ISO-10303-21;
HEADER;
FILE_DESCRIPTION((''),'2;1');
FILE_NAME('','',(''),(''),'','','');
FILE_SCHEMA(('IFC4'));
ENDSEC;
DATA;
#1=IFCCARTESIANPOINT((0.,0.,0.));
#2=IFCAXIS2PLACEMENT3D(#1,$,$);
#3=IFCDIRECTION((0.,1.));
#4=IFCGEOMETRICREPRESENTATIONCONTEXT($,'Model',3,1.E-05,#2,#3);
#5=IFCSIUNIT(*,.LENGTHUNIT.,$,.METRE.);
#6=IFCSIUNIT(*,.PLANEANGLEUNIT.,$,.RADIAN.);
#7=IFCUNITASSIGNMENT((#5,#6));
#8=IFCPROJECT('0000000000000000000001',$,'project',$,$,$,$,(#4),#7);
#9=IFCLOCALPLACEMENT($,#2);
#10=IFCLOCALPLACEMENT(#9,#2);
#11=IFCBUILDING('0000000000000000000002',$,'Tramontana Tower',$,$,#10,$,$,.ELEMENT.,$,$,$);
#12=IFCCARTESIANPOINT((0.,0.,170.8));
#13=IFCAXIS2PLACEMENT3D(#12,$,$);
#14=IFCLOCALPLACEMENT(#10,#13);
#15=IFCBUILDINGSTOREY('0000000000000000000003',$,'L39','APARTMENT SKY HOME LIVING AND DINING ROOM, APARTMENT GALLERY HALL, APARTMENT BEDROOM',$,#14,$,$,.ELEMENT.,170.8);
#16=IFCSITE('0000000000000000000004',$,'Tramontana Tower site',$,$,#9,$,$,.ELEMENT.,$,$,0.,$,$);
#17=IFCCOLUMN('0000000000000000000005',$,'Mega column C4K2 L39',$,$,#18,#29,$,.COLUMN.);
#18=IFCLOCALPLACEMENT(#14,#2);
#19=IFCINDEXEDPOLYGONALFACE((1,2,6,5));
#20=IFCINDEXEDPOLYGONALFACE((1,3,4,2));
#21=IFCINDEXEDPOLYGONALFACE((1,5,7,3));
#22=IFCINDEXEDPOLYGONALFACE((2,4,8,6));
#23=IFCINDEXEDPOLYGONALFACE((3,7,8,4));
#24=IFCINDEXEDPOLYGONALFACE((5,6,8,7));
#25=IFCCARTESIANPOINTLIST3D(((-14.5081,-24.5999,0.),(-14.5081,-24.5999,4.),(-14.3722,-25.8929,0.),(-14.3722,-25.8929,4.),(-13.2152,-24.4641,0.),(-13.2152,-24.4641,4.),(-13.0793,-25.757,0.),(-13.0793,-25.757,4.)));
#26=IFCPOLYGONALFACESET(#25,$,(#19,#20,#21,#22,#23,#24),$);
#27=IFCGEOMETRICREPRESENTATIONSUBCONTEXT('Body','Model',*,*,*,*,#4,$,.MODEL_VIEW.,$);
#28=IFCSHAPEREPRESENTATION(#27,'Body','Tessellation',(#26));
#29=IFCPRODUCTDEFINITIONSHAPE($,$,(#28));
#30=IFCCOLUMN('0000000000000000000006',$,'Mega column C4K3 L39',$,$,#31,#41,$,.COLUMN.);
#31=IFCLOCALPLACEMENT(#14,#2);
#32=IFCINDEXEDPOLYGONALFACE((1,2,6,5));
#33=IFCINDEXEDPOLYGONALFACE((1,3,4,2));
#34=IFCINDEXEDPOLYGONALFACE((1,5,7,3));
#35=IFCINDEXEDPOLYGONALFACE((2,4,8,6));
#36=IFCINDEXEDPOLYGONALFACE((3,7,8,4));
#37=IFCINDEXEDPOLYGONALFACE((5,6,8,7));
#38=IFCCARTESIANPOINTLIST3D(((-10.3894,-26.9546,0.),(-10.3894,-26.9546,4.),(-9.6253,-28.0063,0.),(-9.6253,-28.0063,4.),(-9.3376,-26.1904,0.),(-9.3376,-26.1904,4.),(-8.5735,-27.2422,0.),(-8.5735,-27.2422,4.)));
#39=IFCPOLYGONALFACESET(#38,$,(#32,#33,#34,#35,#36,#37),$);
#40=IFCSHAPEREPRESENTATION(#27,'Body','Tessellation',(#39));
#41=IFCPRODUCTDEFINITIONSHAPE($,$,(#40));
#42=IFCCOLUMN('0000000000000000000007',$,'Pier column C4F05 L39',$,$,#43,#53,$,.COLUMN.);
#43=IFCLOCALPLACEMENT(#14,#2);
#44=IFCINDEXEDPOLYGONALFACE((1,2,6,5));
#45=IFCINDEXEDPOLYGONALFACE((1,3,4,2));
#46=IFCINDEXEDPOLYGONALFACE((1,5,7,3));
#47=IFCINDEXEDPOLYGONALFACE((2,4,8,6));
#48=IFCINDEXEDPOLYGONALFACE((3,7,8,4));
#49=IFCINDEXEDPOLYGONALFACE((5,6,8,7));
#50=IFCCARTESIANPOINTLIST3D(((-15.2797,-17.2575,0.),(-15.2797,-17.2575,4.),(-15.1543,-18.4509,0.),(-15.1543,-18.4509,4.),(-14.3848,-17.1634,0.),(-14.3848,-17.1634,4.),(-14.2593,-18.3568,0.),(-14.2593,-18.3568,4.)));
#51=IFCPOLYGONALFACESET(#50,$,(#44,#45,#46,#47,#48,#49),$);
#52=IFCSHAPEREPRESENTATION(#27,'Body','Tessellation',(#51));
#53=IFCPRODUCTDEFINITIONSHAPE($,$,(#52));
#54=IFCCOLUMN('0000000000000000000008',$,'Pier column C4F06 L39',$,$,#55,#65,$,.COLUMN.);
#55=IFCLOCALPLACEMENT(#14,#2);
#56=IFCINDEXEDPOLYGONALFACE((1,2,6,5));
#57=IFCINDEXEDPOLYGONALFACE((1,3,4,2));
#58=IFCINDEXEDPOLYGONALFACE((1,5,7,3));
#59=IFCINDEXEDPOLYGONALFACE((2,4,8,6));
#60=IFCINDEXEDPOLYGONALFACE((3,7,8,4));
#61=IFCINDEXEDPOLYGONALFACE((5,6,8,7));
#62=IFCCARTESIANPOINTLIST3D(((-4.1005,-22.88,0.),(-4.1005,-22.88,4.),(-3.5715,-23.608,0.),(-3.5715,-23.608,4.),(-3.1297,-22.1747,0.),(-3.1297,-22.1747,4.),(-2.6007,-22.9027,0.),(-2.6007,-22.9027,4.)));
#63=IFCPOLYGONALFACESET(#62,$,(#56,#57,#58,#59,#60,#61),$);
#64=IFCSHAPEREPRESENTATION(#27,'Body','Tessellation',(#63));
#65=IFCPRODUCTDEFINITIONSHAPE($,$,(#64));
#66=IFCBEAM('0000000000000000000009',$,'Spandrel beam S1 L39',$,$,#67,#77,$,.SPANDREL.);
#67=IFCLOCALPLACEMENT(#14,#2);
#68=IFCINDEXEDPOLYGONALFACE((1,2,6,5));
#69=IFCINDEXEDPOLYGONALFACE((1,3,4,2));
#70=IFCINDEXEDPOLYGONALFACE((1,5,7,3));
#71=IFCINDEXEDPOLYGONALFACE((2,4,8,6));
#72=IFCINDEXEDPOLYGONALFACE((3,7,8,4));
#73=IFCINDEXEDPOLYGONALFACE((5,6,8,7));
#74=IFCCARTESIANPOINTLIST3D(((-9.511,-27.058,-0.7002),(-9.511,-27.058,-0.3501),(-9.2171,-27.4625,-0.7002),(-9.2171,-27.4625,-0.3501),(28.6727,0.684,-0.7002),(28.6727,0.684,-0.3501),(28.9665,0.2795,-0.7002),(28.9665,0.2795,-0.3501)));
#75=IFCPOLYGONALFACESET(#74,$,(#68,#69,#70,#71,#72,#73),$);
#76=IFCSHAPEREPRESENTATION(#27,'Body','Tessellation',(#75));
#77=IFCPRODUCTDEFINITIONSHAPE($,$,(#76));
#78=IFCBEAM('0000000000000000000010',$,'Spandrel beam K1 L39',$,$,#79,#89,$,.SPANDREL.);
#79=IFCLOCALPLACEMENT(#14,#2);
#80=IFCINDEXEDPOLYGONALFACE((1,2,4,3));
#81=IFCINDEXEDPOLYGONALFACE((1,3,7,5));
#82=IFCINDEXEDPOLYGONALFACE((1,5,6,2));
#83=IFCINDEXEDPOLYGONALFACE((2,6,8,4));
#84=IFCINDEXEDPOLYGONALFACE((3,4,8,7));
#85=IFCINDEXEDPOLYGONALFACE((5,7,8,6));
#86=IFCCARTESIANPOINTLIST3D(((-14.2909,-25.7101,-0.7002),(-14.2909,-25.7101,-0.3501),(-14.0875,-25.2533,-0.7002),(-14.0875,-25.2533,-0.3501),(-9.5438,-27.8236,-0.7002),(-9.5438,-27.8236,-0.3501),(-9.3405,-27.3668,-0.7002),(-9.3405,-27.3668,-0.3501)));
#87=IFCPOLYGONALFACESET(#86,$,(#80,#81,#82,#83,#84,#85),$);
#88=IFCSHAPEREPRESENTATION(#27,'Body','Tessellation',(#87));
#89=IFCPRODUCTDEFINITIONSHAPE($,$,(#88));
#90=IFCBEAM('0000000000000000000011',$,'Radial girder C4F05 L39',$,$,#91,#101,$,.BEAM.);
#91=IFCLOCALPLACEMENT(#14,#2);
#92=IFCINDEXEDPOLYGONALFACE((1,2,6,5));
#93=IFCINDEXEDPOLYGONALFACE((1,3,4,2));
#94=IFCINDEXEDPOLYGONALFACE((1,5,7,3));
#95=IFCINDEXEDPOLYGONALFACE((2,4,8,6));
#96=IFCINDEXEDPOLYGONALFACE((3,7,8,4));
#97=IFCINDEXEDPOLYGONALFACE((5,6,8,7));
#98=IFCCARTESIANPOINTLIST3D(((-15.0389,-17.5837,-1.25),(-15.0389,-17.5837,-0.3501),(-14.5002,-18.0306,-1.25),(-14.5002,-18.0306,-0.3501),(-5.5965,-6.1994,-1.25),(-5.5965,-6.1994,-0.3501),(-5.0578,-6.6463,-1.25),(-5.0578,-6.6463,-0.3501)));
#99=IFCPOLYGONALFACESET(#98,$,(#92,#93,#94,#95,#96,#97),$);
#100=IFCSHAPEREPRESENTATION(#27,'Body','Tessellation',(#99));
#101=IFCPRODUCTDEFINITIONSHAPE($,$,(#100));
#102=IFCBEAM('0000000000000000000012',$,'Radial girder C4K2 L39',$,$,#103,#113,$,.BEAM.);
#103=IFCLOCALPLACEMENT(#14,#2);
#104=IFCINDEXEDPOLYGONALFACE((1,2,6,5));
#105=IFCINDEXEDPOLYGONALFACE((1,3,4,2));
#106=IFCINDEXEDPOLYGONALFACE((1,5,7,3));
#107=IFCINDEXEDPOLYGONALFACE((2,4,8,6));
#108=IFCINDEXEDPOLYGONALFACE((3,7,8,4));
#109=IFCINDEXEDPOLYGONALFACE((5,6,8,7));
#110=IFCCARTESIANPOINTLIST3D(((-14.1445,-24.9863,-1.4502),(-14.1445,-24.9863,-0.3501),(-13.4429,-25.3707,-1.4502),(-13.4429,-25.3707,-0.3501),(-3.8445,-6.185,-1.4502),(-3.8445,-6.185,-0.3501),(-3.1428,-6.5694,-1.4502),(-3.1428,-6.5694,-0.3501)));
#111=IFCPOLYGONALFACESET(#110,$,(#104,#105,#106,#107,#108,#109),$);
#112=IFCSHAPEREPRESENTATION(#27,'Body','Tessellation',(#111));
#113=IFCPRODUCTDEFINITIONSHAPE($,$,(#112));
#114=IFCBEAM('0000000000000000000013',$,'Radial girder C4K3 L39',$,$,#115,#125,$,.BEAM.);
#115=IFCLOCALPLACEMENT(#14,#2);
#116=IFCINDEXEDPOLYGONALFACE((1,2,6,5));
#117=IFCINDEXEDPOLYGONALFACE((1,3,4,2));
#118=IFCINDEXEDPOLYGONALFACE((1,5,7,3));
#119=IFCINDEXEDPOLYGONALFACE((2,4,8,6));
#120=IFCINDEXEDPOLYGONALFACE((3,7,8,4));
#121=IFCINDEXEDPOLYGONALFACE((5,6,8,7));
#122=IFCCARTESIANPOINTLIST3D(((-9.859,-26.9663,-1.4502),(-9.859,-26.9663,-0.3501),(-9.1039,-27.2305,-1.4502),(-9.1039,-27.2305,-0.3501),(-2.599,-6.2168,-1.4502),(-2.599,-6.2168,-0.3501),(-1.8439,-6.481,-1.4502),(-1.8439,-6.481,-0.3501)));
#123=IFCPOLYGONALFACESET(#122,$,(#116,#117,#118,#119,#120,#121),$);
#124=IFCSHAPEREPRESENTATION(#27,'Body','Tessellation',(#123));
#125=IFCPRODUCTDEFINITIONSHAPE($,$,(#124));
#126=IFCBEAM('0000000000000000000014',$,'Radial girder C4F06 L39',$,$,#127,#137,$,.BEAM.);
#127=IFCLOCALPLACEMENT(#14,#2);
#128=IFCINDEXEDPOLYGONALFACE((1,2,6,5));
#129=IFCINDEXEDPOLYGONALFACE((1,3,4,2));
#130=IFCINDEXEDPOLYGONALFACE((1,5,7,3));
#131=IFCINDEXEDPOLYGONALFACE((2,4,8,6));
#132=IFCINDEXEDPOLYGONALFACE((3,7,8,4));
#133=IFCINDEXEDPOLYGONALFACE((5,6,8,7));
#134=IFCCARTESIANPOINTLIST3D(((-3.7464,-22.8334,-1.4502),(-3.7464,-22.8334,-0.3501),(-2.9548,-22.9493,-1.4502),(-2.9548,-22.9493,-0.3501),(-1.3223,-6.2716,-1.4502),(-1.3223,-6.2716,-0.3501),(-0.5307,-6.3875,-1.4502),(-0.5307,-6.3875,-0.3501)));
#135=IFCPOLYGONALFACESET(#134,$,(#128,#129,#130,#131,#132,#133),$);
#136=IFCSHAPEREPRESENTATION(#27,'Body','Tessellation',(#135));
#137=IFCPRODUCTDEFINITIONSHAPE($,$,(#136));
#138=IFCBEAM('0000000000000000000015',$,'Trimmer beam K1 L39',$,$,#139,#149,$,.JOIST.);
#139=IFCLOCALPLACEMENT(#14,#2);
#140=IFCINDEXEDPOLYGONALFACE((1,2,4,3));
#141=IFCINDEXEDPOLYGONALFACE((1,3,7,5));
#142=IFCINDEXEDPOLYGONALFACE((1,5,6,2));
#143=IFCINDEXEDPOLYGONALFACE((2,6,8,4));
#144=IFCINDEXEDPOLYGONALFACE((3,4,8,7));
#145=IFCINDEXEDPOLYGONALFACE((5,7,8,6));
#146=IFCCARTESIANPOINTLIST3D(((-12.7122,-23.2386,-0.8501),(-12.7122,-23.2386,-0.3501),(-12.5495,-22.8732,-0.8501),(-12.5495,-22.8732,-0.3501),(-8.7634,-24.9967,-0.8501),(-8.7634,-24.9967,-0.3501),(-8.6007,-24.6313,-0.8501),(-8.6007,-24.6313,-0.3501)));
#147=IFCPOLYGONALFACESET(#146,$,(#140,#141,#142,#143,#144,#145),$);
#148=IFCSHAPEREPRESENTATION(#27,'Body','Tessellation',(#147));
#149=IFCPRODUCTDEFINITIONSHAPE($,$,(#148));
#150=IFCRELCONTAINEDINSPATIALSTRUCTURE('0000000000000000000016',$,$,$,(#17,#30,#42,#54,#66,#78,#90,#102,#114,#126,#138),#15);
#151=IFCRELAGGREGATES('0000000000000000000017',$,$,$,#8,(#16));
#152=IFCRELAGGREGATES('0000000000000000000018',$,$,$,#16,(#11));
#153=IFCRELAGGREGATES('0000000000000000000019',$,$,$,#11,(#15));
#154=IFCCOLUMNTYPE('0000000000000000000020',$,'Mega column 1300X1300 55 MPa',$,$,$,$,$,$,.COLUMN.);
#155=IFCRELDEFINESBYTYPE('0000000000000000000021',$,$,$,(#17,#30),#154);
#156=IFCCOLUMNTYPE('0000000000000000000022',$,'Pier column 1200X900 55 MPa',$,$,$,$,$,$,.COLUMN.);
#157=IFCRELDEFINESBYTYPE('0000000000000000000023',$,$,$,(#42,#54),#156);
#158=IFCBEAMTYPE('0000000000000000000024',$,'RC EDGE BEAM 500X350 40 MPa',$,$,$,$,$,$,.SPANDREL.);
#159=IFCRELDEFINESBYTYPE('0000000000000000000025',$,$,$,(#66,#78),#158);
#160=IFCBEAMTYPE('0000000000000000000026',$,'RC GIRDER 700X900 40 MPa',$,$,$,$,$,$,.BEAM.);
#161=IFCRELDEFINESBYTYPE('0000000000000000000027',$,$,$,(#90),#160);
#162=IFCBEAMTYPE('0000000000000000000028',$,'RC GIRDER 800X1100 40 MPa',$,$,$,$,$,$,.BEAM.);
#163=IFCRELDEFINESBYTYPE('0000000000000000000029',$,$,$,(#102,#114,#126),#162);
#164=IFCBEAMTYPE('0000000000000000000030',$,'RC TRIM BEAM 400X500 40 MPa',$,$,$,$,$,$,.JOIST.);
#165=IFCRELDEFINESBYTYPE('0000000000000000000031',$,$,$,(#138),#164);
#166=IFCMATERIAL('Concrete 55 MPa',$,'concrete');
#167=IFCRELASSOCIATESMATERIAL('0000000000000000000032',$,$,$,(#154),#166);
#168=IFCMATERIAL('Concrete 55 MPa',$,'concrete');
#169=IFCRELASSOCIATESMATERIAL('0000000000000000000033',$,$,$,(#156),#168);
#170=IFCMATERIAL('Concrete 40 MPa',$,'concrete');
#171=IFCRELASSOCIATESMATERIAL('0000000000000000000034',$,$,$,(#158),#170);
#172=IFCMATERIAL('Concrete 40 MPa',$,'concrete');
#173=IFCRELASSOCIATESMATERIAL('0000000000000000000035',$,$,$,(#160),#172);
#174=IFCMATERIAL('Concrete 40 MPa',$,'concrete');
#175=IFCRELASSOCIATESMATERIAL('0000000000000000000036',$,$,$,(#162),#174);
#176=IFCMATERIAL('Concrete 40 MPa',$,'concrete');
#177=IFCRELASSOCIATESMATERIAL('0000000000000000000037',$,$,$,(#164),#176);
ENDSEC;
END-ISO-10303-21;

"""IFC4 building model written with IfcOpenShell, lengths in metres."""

from ifc_helpers import new_model, si_unit, direction, frame, origin, origin_2d, place, context, subcontext, project, spatial, rectangle, extrude, material, material_profile, profile_set, type_object, element, save


model = new_model("IFC4")

# Units and contexts
model_context = context("Model", 3, precision=1e-05, world=origin(), true_north=direction((0.0, 1.0)))
body_context = subcontext(model_context, "Body", "Model", "MODEL_VIEW")
ifc_project = project(units=[si_unit("LENGTHUNIT", "METRE"), si_unit("PLANEANGLEUNIT", "RADIAN")], contexts=[model_context])

# Site, building, storey
site_placement = place(None, origin())
site = spatial("IfcSite", under=ifc_project, at=site_placement, Name="Tramontana Tower site", CompositionType="ELEMENT", RefElevation=0.0)
building_placement = place(site_placement, origin())
building = spatial("IfcBuilding", under=site, at=building_placement, Name="Tramontana Tower", CompositionType="ELEMENT")
storey_placement = place(building_placement, frame((0.0, 0.0, 170.8)))
storey = spatial("IfcBuildingStorey", under=building, at=storey_placement, Name="L39", Description="APARTMENT SKY HOME LIVING AND DINING ROOM, APARTMENT GALLERY HALL, APARTMENT BEDROOM", CompositionType="ELEMENT", Elevation=170.8)

# Columns
ifc_material_1 = material(Name="Concrete 55 MPa", Category="concrete")
ifc_material_profile_1 = material_profile(ifc_material_1, rectangle(XDim=1.3, YDim=1.3, at=origin_2d()), Name="Mega column 1300X1300 55 MPa")
ifc_profile_set_1 = profile_set([ifc_material_profile_1], Name="Concrete 55 MPa")
column_type_1 = type_object("IfcColumnType", Name="Mega column 1300X1300 55 MPa", PredefinedType="COLUMN", material=ifc_profile_set_1)
for number, where, z_axis, x_axis, name in (
    (1, (-13.7937, -25.1785, 0.0), (0.0, 0.0, 1.0), (0.104528, -0.994522, 0.0), "Mega column C4K2 L39"),
    (2, (-9.4814, -27.0984, 0.0), (0.0, 0.0, 1.0), (0.809017, 0.587785, 0.0), "Mega column C4K3 L39"),
):
    element("IfcColumn", number, at=place(storey_placement, frame(where, z_axis=z_axis, x_axis=x_axis)), inside=storey, type_object=column_type_1, Name=name, PredefinedType="COLUMN", context=body_context, shape_type="SweptSolid", body=[
        extrude(rectangle(XDim=1.3, YDim=1.3, at=origin_2d()), origin(), (0.0, 0.0, 1.0), 4.0),
    ])
ifc_material_2 = material(Name="Concrete 55 MPa", Category="concrete")
ifc_material_profile_2 = material_profile(ifc_material_2, rectangle(XDim=1.2, YDim=0.8999, at=origin_2d()), Name="Pier column 1200X900 55 MPa")
ifc_profile_set_2 = profile_set([ifc_material_profile_2], Name="Concrete 55 MPa")
column_type_2 = type_object("IfcColumnType", Name="Pier column 1200X900 55 MPa", PredefinedType="COLUMN", material=ifc_profile_set_2)
for number, where, z_axis, x_axis, name in (
    (3, (-14.7695, -17.8071, 0.0), (0.0, 0.0, 1.0), (0.104528, -0.994522, 0.0), "Pier column C4F05 L39"),
    (4, (-3.3506, -22.8914, 0.0), (0.0, 0.0, 1.0), (0.809017, 0.587785, 0.0), "Pier column C4F06 L39"),
):
    element("IfcColumn", number, at=place(storey_placement, frame(where, z_axis=z_axis, x_axis=x_axis)), inside=storey, type_object=column_type_2, Name=name, PredefinedType="COLUMN", context=body_context, shape_type="SweptSolid", body=[
        extrude(rectangle(XDim=1.2, YDim=0.8999, at=origin_2d()), origin(), (0.0, 0.0, 1.0), 4.0),
    ])

# Beams
ifc_material_3 = material(Name="Concrete 40 MPa", Category="concrete")
ifc_material_profile_3 = material_profile(ifc_material_3, rectangle(XDim=0.5, YDim=0.3501, at=origin_2d()), Name="RC EDGE BEAM 500X350 40 MPa")
ifc_profile_set_3 = profile_set([ifc_material_profile_3], Name="Concrete 40 MPa")
beam_type_1 = type_object("IfcBeamType", Name="RC EDGE BEAM 500X350 40 MPa", PredefinedType="SPANDREL", material=ifc_profile_set_3)
beam_1_placement = place(storey_placement, frame((-9.364, -27.2603, -0.5251), z_axis=(0.809018, 0.587784, 0.0), x_axis=(-0.587784, 0.809018, 0.0)))
element("IfcBeam", 5, at=beam_1_placement, inside=storey, type_object=beam_type_1, Name="Spandrel beam S1 L39", PredefinedType="SPANDREL", context=body_context, shape_type="SweptSolid", body=[
    extrude(rectangle(XDim=0.5, YDim=0.3501, at=origin_2d()), origin(), (0.0, 0.0, 1.0), 47.1975),
])
beam_2_placement = place(storey_placement, frame((-14.1892, -25.4817, -0.5251), z_axis=(0.913546, -0.406736, 0.0), x_axis=(0.406736, 0.913546, 0.0)))
element("IfcBeam", 6, at=beam_2_placement, inside=storey, type_object=beam_type_1, Name="Spandrel beam K1 L39", PredefinedType="SPANDREL", context=body_context, shape_type="SweptSolid", body=[
    extrude(rectangle(XDim=0.5, YDim=0.3501, at=origin_2d()), origin(), (0.0, 0.0, 1.0), 5.1963),
])
ifc_material_4 = material(Name="Concrete 40 MPa", Category="concrete")
ifc_material_profile_4 = material_profile(ifc_material_4, rectangle(XDim=0.7, YDim=0.8999, at=origin_2d()), Name="RC GIRDER 700X900 40 MPa")
ifc_profile_set_4 = profile_set([ifc_material_profile_4], Name="Concrete 40 MPa")
beam_type_2 = type_object("IfcBeamType", Name="RC GIRDER 700X900 40 MPa", PredefinedType="BEAM", material=ifc_profile_set_4)
beam_3_placement = place(storey_placement, frame((-14.7695, -17.8071, -0.8), z_axis=(0.638406, 0.769699, 0.0), x_axis=(-0.769699, 0.638406, 0.0)))
element("IfcBeam", 7, at=beam_3_placement, inside=storey, type_object=beam_type_2, Name="Radial girder C4F05 L39", PredefinedType="BEAM", context=body_context, shape_type="SweptSolid", body=[
    extrude(rectangle(XDim=0.7, YDim=0.8999, at=origin_2d()), origin(), (0.0, 0.0, 1.0), 14.7905),
])
ifc_material_5 = material(Name="Concrete 40 MPa", Category="concrete")
ifc_material_profile_5 = material_profile(ifc_material_5, rectangle(XDim=0.8, YDim=1.1001, at=origin_2d()), Name="RC GIRDER 800X1100 40 MPa")
ifc_profile_set_5 = profile_set([ifc_material_profile_5], Name="Concrete 40 MPa")
beam_type_3 = type_object("IfcBeamType", Name="RC GIRDER 800X1100 40 MPa", PredefinedType="BEAM", material=ifc_profile_set_5)
beam_4_placement = place(storey_placement, frame((-13.7937, -25.1785, -0.9001), z_axis=(0.480462, 0.877015, 0.0), x_axis=(-0.877015, 0.480462, 0.0)))
element("IfcBeam", 8, at=beam_4_placement, inside=storey, type_object=beam_type_3, Name="Radial girder C4K2 L39", PredefinedType="BEAM", context=body_context, shape_type="SweptSolid", body=[
    extrude(rectangle(XDim=0.8, YDim=1.1001, at=origin_2d()), origin(), (0.0, 0.0, 1.0), 21.4377),
])
beam_5_placement = place(storey_placement, frame((-9.4814, -27.0984, -0.9001), z_axis=(0.330256, 0.943891, 0.0), x_axis=(-0.943891, 0.330256, 0.0)))
element("IfcBeam", 9, at=beam_5_placement, inside=storey, type_object=beam_type_3, Name="Radial girder C4K3 L39", PredefinedType="BEAM", context=body_context, shape_type="SweptSolid", body=[
    extrude(rectangle(XDim=0.8, YDim=1.1001, at=origin_2d()), origin(), (0.0, 0.0, 1.0), 21.9829),
])
beam_6_placement = place(storey_placement, frame((-3.3506, -22.8914, -0.9001), z_axis=(0.144823, 0.989458, 0.0), x_axis=(-0.989458, 0.144823, 0.0)))
element("IfcBeam", 10, at=beam_6_placement, inside=storey, type_object=beam_type_3, Name="Radial girder C4F06 L39", PredefinedType="BEAM", context=body_context, shape_type="SweptSolid", body=[
    extrude(rectangle(XDim=0.8, YDim=1.1001, at=origin_2d()), origin(), (0.0, 0.0, 1.0), 16.7383),
])
ifc_material_6 = material(Name="Concrete 40 MPa", Category="concrete")
ifc_material_profile_6 = material_profile(ifc_material_6, rectangle(XDim=0.3999, YDim=0.5, at=origin_2d()), Name="RC TRIM BEAM 400X500 40 MPa")
ifc_profile_set_6 = profile_set([ifc_material_profile_6], Name="Concrete 40 MPa")
beam_type_4 = type_object("IfcBeamType", Name="RC TRIM BEAM 400X500 40 MPa", PredefinedType="JOIST", material=ifc_profile_set_6)
beam_7_placement = place(storey_placement, frame((-12.6309, -23.0559, -0.6001), z_axis=(0.913548, -0.406731, 0.0), x_axis=(0.406731, 0.913548, 0.0)))
element("IfcBeam", 11, at=beam_7_placement, inside=storey, type_object=beam_type_4, Name="Trimmer beam K1 L39", PredefinedType="JOIST", context=body_context, shape_type="SweptSolid", body=[
    extrude(rectangle(XDim=0.3999, YDim=0.5, at=origin_2d()), origin(), (0.0, 0.0, 1.0), 4.3225),
])

save(model, "model.ifc")
